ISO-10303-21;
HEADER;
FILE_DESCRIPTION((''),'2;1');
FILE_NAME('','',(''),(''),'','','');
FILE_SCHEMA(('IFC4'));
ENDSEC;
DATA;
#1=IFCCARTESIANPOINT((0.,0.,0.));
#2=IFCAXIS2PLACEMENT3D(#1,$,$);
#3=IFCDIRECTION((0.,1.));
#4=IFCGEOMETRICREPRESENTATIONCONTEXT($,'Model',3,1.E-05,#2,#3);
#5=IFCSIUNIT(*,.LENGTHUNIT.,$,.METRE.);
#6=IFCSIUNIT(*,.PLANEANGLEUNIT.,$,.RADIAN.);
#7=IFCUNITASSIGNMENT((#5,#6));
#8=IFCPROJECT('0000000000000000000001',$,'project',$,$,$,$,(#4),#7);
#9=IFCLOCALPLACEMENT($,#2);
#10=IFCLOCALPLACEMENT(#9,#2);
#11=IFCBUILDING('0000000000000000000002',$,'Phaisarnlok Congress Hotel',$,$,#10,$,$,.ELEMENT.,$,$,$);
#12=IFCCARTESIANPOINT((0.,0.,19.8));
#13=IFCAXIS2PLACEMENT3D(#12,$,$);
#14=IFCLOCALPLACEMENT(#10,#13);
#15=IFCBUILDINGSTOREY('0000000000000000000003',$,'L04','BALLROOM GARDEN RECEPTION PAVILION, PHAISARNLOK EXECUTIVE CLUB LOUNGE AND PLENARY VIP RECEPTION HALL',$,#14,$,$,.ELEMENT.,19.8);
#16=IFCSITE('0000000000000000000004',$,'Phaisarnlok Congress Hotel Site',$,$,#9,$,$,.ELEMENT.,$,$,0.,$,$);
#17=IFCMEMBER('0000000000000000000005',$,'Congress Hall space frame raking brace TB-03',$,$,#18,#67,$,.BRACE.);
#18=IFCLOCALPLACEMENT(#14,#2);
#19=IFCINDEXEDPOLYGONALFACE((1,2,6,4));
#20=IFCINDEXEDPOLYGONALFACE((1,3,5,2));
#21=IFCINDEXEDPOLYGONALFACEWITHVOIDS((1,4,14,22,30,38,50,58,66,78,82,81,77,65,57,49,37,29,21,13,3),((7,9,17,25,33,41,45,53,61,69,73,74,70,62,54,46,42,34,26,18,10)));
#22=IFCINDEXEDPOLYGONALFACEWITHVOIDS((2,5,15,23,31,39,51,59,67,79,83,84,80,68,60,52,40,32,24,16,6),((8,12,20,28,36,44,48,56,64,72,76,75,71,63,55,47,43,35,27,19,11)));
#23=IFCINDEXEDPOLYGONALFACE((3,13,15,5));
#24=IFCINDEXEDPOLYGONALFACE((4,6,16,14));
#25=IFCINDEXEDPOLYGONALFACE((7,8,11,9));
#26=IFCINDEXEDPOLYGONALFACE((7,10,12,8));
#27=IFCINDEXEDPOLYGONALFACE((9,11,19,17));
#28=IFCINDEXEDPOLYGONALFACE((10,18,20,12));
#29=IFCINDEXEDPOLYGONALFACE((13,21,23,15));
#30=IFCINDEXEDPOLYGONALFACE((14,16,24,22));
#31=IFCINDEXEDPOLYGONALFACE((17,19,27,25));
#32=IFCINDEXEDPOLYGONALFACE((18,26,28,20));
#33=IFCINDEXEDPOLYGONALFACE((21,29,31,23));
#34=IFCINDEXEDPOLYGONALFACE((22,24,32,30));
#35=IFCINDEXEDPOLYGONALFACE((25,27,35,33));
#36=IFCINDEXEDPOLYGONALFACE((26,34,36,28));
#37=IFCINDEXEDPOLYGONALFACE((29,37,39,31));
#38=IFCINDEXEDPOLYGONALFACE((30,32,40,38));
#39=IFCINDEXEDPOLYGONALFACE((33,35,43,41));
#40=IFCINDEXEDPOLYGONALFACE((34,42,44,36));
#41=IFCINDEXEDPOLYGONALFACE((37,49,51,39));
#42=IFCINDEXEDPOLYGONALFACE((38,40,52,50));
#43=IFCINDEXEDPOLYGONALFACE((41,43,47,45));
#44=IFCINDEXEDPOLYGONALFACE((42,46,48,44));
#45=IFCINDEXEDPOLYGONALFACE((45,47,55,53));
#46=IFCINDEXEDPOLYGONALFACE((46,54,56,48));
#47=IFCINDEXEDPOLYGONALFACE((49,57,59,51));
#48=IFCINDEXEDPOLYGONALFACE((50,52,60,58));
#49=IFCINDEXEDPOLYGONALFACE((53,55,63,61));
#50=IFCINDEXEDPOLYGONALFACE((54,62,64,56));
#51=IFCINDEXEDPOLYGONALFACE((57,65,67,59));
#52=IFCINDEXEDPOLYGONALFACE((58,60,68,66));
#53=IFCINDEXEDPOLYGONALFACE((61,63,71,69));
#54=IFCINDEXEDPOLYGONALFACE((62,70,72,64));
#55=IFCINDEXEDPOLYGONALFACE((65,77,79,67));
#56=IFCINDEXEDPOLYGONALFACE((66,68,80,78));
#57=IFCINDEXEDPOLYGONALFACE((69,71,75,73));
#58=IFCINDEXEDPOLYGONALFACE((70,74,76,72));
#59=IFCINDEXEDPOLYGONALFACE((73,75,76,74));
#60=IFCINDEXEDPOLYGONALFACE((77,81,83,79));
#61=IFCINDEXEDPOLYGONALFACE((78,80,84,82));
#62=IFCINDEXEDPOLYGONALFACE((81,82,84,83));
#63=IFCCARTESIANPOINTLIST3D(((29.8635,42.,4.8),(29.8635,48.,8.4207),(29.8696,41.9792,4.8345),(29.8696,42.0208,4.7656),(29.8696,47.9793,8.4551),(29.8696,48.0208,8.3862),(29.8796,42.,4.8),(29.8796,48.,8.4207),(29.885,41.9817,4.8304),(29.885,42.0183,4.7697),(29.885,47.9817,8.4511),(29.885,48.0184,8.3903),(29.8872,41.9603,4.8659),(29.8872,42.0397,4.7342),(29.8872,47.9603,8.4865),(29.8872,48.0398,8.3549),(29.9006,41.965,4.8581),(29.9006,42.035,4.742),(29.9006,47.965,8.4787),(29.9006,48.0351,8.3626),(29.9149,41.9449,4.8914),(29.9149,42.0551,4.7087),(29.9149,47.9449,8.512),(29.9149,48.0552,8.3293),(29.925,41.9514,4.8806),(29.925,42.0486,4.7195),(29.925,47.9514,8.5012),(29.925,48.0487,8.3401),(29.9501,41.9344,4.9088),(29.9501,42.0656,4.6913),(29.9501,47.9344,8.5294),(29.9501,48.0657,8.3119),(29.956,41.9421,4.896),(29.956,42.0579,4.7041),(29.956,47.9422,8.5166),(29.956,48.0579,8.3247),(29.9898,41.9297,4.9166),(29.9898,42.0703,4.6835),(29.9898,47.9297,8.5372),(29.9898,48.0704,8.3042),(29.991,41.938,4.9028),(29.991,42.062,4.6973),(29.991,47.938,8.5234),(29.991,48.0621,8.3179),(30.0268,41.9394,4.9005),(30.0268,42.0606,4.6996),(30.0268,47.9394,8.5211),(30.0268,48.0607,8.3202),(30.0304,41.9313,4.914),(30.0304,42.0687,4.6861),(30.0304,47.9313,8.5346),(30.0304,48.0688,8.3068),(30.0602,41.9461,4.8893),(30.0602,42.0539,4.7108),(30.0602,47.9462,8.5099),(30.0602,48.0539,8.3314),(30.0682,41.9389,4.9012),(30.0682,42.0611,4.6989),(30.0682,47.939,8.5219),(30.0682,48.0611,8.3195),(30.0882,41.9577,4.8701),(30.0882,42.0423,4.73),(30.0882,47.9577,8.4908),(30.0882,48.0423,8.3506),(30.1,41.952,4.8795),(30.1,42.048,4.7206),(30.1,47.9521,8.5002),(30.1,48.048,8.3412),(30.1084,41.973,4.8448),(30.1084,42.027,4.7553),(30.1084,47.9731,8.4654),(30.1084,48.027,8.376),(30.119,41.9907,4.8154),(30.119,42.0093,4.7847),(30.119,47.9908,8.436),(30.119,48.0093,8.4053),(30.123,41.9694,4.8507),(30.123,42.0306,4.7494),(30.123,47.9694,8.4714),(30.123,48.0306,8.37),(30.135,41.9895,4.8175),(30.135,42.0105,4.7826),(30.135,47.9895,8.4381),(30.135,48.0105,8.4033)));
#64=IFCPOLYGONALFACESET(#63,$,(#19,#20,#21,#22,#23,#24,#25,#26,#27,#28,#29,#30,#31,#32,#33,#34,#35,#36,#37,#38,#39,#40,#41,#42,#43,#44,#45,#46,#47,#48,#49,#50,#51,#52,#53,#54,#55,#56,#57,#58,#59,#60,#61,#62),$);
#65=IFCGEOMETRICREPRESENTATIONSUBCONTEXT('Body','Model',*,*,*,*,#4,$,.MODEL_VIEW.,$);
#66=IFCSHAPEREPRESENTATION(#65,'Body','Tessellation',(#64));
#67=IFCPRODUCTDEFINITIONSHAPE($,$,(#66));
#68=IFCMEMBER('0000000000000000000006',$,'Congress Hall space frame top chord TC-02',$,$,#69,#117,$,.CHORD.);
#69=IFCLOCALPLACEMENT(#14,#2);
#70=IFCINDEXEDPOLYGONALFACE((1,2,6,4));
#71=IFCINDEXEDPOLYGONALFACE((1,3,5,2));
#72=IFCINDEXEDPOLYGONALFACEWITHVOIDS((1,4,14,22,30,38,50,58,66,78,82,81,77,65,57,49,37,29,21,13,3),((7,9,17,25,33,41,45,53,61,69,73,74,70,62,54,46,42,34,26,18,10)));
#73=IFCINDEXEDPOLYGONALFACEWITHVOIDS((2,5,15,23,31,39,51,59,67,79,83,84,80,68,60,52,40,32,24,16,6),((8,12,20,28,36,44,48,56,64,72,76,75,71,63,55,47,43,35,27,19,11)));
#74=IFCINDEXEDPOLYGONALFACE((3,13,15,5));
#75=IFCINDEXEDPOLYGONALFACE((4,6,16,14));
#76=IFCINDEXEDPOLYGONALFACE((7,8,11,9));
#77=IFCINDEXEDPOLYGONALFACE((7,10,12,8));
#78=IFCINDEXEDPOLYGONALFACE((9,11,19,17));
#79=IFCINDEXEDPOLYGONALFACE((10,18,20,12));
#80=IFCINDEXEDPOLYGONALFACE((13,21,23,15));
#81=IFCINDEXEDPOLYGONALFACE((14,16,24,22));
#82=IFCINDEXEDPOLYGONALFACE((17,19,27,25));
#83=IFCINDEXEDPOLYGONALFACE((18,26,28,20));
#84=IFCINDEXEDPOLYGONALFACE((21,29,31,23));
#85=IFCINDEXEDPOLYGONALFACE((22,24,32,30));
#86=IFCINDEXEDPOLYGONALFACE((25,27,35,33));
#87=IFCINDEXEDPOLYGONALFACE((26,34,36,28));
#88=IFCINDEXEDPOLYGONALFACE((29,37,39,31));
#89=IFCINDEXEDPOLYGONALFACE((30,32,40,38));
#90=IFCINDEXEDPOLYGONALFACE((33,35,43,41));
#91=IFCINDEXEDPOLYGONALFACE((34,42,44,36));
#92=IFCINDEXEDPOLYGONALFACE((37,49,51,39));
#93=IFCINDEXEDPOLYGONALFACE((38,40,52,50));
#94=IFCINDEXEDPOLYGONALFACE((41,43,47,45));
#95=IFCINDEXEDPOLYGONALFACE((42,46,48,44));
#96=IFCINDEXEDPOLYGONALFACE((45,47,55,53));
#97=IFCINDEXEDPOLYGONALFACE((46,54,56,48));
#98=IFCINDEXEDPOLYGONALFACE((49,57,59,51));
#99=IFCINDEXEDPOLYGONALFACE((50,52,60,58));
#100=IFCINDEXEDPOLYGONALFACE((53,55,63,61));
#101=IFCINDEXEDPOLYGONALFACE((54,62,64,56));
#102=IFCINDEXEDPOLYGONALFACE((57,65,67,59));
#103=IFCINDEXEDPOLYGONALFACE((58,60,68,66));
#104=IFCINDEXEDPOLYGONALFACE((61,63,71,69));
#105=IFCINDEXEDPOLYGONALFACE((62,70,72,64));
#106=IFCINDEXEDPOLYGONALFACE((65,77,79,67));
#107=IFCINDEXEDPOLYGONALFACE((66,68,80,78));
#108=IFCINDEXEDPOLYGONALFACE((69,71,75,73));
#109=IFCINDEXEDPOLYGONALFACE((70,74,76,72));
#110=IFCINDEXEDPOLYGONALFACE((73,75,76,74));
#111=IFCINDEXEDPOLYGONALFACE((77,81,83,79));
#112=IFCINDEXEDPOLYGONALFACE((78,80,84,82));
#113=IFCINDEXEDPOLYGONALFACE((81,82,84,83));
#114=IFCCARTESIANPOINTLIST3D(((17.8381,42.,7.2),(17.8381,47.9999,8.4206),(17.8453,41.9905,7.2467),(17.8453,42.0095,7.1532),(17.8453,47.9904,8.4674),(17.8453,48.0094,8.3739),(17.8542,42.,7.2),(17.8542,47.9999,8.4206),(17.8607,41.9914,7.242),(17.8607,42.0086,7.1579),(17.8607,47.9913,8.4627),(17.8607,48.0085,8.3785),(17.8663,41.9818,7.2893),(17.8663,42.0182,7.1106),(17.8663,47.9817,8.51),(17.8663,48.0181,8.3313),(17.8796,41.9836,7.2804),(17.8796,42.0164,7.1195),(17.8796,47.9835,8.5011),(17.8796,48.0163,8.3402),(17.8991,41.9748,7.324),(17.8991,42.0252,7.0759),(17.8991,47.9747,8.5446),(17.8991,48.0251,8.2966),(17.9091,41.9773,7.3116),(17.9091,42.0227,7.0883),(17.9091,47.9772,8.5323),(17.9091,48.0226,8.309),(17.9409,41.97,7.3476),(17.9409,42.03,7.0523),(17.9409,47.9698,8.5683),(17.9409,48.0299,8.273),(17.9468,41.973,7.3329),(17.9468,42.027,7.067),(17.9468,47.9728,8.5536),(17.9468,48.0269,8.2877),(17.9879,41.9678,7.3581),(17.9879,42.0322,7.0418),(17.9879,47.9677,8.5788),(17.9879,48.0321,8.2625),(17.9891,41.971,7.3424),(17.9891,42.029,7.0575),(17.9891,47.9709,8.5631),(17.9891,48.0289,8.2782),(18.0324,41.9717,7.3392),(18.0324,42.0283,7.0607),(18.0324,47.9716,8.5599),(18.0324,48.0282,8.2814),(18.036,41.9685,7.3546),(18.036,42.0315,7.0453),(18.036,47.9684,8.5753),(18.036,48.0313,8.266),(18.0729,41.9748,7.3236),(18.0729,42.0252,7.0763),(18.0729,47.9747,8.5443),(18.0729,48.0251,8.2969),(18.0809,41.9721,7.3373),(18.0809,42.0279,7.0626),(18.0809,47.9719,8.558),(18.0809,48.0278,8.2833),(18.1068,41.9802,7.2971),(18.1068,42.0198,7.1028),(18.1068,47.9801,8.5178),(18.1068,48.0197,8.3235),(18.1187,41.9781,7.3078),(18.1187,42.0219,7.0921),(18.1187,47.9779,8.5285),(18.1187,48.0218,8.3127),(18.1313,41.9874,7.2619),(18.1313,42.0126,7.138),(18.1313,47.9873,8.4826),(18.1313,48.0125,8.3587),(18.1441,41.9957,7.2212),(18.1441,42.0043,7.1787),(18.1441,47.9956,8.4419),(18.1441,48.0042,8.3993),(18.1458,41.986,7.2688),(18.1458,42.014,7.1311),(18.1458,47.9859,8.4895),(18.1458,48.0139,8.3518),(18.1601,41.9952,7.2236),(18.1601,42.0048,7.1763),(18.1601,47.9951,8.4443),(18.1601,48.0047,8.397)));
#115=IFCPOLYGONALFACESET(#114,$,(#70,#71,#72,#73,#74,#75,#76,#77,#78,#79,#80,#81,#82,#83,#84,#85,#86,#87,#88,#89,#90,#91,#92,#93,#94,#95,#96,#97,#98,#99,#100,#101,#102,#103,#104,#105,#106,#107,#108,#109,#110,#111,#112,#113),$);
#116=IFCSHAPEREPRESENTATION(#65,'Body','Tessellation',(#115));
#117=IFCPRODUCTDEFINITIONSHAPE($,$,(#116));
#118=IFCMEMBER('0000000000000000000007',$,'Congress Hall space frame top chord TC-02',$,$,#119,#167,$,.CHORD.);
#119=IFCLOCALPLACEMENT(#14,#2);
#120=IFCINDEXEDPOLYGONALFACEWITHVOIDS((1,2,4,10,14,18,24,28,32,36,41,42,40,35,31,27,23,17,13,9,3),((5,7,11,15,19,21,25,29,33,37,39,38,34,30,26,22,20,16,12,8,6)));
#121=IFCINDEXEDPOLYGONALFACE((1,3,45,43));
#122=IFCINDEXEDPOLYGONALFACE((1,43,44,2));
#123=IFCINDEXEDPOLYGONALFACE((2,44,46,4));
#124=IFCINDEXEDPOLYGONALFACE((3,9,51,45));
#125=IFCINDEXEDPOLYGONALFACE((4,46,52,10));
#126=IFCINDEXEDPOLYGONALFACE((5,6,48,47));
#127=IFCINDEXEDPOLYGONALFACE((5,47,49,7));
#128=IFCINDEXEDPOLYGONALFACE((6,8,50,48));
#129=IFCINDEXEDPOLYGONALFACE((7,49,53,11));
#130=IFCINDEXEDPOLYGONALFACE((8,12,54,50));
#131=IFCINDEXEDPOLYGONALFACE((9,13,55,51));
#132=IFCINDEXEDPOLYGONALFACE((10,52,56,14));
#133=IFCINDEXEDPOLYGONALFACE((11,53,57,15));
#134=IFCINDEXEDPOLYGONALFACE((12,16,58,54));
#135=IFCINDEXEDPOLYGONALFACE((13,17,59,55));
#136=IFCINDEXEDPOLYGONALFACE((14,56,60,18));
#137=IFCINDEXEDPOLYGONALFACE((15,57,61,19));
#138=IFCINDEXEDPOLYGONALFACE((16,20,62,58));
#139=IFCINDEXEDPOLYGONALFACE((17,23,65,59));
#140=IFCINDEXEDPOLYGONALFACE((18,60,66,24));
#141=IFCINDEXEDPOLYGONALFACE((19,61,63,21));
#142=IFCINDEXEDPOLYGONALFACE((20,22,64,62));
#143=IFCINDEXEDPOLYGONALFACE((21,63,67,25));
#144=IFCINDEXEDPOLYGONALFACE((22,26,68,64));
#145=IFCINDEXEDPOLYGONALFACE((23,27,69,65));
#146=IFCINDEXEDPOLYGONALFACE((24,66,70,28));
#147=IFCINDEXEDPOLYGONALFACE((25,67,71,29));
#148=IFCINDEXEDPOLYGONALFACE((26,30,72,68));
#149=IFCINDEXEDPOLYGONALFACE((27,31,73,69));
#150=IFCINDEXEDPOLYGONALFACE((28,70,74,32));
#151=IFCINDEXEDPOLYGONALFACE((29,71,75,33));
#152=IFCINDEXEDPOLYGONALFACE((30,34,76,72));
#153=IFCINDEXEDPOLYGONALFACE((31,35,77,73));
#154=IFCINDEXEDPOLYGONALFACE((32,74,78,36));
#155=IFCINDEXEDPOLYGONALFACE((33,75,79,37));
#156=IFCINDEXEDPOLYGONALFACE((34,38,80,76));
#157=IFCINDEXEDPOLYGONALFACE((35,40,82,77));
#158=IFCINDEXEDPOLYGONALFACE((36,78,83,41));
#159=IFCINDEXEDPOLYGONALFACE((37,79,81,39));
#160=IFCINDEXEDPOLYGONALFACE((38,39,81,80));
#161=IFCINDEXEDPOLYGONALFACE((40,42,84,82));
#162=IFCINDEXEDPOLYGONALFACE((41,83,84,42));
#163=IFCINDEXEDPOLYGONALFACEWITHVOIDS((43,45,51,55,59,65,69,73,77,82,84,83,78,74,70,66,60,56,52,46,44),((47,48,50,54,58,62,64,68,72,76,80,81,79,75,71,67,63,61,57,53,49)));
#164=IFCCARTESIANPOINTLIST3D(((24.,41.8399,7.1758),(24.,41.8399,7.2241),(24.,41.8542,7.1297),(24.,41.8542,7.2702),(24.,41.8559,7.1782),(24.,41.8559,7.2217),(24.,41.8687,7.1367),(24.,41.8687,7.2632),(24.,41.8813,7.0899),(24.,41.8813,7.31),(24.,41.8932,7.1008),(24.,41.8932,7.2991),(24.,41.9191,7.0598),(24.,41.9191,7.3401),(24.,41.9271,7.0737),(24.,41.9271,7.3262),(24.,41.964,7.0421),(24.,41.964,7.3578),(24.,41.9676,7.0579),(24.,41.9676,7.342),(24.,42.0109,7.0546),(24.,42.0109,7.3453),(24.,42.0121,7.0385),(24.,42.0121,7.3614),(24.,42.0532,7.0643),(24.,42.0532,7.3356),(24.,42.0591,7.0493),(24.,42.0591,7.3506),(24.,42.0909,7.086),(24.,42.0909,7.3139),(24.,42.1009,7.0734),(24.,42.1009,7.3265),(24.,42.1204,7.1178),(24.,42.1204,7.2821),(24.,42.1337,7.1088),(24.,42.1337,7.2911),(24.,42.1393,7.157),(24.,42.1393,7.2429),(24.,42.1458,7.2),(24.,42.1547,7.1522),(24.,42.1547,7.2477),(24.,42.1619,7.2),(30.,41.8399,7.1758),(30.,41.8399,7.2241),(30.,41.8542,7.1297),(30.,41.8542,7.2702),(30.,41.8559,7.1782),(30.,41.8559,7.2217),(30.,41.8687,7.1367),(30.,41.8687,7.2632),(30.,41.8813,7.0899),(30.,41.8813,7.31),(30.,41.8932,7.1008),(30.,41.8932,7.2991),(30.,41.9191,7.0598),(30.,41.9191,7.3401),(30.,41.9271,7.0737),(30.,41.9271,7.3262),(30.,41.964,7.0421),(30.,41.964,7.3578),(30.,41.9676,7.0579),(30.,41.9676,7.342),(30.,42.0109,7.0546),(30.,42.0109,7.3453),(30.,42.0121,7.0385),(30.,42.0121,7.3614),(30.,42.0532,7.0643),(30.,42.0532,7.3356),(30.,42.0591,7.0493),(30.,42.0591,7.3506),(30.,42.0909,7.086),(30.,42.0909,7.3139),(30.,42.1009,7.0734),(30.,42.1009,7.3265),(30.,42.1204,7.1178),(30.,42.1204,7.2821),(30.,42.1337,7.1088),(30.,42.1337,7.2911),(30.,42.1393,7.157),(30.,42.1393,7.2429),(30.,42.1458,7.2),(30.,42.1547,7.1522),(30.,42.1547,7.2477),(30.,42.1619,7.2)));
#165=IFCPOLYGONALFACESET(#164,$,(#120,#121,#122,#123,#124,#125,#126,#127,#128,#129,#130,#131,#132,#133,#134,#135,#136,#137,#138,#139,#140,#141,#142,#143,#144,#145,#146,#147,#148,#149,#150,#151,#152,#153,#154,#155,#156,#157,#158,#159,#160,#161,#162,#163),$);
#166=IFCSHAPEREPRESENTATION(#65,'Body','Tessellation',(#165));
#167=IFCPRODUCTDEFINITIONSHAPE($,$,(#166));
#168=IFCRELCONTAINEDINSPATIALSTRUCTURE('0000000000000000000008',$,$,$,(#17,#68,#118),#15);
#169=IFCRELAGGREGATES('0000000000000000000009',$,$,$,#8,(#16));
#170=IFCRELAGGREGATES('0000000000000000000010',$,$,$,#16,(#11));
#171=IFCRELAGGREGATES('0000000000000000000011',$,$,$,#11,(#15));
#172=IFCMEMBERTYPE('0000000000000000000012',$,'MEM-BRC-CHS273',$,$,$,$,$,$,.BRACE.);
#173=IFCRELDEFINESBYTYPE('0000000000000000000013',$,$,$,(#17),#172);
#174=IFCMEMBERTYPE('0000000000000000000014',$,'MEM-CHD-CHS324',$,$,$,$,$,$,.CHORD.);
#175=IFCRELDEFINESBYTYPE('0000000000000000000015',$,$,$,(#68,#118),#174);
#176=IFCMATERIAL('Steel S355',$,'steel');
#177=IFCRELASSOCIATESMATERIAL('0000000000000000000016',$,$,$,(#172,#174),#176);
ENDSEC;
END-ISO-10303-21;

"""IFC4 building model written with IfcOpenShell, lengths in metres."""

from ifc_helpers import new_model, si_unit, direction, frame, origin, origin_2d, place, context, subcontext, project, spatial, hollow_circle, extrude, material, material_profile, profile_set, type_object, element, save


model = new_model("IFC4")

# Units and contexts
model_context = context("Model", 3, precision=1e-05, world=origin(), true_north=direction((0.0, 1.0)))
body_context = subcontext(model_context, "Body", "Model", "MODEL_VIEW")
ifc_project = project(units=[si_unit("LENGTHUNIT", "METRE"), si_unit("PLANEANGLEUNIT", "RADIAN")], contexts=[model_context])

# Site, building, storey
site_placement = place(None, origin())
site = spatial("IfcSite", under=ifc_project, at=site_placement, Name="Phaisarnlok Congress Hotel Site", CompositionType="ELEMENT", RefElevation=0.0)
building_placement = place(site_placement, origin())
building = spatial("IfcBuilding", under=site, at=building_placement, Name="Phaisarnlok Congress Hotel", CompositionType="ELEMENT")
storey_placement = place(building_placement, frame((0.0, 0.0, 19.8)))
storey = spatial("IfcBuildingStorey", under=building, at=storey_placement, Name="L04", Description="BALLROOM GARDEN RECEPTION PAVILION, PHAISARNLOK EXECUTIVE CLUB LOUNGE AND PLENARY VIP RECEPTION HALL", CompositionType="ELEMENT", Elevation=19.8)

# Members
ifc_material_1 = material(Name="Steel S355", Category="steel")
ifc_material_profile_1 = material_profile(ifc_material_1, hollow_circle(Radius=0.1365, WallThickness=0.0161, at=origin_2d()), Name="CHS 273x16")
ifc_profile_set_1 = profile_set([ifc_material_profile_1], Name="Steel S355")
member_type_1 = type_object("IfcMemberType", Name="MEM-BRC-CHS273", PredefinedType="BRACE", material=ifc_profile_set_1)
for number, where, z_axis, x_axis, name in (
    (1, (30.0, 42.0, 4.8), (0.0, 0.856193, 0.516656), (-1.0, 0.0, 0.0), "Congress Hall space frame raking brace TB-03"),
):
    element("IfcMember", number, at=place(storey_placement, frame(where, z_axis=z_axis, x_axis=x_axis)), inside=storey, type_object=member_type_1, Name=name, PredefinedType="BRACE", context=body_context, shape_type="SweptSolid", body=[
        extrude(hollow_circle(Radius=0.1365, WallThickness=0.0161, at=origin_2d()), origin(), (0.0, 0.0, 1.0), 7.0078),
    ])
ifc_material_profile_2 = material_profile(ifc_material_1, hollow_circle(Radius=0.1619, WallThickness=0.0161, at=origin_2d()), Name="CHS 323.9x16")
ifc_profile_set_2 = profile_set([ifc_material_profile_2], Name="Steel S355")
member_type_2 = type_object("IfcMemberType", Name="MEM-CHD-CHS324", PredefinedType="CHORD", material=ifc_profile_set_2)
member_1_placement = place(storey_placement, frame((18.0, 42.0, 7.2), z_axis=(0.0, 0.979925, 0.199366), x_axis=(-1.0, 0.0, 0.0)))
element("IfcMember", 2, at=member_1_placement, inside=storey, type_object=member_type_2, Name="Congress Hall space frame top chord TC-02", PredefinedType="CHORD", context=body_context, shape_type="SweptSolid", body=[
    extrude(hollow_circle(Radius=0.1619, WallThickness=0.0161, at=origin_2d()), origin(), (0.0, 0.0, 1.0), 6.1228),
])
member_2_placement = place(storey_placement, frame((24.0, 42.0, 7.2), z_axis=(1.0, 0.0, 0.0), x_axis=(0.0, 1.0, 0.0)))
element("IfcMember", 3, at=member_2_placement, inside=storey, type_object=member_type_2, Name="Congress Hall space frame top chord TC-02", PredefinedType="CHORD", context=body_context, shape_type="SweptSolid", body=[
    extrude(hollow_circle(Radius=0.1619, WallThickness=0.0161, at=origin_2d()), origin(), (0.0, 0.0, 1.0), 6.0),
])

save(model, "model.ifc")
